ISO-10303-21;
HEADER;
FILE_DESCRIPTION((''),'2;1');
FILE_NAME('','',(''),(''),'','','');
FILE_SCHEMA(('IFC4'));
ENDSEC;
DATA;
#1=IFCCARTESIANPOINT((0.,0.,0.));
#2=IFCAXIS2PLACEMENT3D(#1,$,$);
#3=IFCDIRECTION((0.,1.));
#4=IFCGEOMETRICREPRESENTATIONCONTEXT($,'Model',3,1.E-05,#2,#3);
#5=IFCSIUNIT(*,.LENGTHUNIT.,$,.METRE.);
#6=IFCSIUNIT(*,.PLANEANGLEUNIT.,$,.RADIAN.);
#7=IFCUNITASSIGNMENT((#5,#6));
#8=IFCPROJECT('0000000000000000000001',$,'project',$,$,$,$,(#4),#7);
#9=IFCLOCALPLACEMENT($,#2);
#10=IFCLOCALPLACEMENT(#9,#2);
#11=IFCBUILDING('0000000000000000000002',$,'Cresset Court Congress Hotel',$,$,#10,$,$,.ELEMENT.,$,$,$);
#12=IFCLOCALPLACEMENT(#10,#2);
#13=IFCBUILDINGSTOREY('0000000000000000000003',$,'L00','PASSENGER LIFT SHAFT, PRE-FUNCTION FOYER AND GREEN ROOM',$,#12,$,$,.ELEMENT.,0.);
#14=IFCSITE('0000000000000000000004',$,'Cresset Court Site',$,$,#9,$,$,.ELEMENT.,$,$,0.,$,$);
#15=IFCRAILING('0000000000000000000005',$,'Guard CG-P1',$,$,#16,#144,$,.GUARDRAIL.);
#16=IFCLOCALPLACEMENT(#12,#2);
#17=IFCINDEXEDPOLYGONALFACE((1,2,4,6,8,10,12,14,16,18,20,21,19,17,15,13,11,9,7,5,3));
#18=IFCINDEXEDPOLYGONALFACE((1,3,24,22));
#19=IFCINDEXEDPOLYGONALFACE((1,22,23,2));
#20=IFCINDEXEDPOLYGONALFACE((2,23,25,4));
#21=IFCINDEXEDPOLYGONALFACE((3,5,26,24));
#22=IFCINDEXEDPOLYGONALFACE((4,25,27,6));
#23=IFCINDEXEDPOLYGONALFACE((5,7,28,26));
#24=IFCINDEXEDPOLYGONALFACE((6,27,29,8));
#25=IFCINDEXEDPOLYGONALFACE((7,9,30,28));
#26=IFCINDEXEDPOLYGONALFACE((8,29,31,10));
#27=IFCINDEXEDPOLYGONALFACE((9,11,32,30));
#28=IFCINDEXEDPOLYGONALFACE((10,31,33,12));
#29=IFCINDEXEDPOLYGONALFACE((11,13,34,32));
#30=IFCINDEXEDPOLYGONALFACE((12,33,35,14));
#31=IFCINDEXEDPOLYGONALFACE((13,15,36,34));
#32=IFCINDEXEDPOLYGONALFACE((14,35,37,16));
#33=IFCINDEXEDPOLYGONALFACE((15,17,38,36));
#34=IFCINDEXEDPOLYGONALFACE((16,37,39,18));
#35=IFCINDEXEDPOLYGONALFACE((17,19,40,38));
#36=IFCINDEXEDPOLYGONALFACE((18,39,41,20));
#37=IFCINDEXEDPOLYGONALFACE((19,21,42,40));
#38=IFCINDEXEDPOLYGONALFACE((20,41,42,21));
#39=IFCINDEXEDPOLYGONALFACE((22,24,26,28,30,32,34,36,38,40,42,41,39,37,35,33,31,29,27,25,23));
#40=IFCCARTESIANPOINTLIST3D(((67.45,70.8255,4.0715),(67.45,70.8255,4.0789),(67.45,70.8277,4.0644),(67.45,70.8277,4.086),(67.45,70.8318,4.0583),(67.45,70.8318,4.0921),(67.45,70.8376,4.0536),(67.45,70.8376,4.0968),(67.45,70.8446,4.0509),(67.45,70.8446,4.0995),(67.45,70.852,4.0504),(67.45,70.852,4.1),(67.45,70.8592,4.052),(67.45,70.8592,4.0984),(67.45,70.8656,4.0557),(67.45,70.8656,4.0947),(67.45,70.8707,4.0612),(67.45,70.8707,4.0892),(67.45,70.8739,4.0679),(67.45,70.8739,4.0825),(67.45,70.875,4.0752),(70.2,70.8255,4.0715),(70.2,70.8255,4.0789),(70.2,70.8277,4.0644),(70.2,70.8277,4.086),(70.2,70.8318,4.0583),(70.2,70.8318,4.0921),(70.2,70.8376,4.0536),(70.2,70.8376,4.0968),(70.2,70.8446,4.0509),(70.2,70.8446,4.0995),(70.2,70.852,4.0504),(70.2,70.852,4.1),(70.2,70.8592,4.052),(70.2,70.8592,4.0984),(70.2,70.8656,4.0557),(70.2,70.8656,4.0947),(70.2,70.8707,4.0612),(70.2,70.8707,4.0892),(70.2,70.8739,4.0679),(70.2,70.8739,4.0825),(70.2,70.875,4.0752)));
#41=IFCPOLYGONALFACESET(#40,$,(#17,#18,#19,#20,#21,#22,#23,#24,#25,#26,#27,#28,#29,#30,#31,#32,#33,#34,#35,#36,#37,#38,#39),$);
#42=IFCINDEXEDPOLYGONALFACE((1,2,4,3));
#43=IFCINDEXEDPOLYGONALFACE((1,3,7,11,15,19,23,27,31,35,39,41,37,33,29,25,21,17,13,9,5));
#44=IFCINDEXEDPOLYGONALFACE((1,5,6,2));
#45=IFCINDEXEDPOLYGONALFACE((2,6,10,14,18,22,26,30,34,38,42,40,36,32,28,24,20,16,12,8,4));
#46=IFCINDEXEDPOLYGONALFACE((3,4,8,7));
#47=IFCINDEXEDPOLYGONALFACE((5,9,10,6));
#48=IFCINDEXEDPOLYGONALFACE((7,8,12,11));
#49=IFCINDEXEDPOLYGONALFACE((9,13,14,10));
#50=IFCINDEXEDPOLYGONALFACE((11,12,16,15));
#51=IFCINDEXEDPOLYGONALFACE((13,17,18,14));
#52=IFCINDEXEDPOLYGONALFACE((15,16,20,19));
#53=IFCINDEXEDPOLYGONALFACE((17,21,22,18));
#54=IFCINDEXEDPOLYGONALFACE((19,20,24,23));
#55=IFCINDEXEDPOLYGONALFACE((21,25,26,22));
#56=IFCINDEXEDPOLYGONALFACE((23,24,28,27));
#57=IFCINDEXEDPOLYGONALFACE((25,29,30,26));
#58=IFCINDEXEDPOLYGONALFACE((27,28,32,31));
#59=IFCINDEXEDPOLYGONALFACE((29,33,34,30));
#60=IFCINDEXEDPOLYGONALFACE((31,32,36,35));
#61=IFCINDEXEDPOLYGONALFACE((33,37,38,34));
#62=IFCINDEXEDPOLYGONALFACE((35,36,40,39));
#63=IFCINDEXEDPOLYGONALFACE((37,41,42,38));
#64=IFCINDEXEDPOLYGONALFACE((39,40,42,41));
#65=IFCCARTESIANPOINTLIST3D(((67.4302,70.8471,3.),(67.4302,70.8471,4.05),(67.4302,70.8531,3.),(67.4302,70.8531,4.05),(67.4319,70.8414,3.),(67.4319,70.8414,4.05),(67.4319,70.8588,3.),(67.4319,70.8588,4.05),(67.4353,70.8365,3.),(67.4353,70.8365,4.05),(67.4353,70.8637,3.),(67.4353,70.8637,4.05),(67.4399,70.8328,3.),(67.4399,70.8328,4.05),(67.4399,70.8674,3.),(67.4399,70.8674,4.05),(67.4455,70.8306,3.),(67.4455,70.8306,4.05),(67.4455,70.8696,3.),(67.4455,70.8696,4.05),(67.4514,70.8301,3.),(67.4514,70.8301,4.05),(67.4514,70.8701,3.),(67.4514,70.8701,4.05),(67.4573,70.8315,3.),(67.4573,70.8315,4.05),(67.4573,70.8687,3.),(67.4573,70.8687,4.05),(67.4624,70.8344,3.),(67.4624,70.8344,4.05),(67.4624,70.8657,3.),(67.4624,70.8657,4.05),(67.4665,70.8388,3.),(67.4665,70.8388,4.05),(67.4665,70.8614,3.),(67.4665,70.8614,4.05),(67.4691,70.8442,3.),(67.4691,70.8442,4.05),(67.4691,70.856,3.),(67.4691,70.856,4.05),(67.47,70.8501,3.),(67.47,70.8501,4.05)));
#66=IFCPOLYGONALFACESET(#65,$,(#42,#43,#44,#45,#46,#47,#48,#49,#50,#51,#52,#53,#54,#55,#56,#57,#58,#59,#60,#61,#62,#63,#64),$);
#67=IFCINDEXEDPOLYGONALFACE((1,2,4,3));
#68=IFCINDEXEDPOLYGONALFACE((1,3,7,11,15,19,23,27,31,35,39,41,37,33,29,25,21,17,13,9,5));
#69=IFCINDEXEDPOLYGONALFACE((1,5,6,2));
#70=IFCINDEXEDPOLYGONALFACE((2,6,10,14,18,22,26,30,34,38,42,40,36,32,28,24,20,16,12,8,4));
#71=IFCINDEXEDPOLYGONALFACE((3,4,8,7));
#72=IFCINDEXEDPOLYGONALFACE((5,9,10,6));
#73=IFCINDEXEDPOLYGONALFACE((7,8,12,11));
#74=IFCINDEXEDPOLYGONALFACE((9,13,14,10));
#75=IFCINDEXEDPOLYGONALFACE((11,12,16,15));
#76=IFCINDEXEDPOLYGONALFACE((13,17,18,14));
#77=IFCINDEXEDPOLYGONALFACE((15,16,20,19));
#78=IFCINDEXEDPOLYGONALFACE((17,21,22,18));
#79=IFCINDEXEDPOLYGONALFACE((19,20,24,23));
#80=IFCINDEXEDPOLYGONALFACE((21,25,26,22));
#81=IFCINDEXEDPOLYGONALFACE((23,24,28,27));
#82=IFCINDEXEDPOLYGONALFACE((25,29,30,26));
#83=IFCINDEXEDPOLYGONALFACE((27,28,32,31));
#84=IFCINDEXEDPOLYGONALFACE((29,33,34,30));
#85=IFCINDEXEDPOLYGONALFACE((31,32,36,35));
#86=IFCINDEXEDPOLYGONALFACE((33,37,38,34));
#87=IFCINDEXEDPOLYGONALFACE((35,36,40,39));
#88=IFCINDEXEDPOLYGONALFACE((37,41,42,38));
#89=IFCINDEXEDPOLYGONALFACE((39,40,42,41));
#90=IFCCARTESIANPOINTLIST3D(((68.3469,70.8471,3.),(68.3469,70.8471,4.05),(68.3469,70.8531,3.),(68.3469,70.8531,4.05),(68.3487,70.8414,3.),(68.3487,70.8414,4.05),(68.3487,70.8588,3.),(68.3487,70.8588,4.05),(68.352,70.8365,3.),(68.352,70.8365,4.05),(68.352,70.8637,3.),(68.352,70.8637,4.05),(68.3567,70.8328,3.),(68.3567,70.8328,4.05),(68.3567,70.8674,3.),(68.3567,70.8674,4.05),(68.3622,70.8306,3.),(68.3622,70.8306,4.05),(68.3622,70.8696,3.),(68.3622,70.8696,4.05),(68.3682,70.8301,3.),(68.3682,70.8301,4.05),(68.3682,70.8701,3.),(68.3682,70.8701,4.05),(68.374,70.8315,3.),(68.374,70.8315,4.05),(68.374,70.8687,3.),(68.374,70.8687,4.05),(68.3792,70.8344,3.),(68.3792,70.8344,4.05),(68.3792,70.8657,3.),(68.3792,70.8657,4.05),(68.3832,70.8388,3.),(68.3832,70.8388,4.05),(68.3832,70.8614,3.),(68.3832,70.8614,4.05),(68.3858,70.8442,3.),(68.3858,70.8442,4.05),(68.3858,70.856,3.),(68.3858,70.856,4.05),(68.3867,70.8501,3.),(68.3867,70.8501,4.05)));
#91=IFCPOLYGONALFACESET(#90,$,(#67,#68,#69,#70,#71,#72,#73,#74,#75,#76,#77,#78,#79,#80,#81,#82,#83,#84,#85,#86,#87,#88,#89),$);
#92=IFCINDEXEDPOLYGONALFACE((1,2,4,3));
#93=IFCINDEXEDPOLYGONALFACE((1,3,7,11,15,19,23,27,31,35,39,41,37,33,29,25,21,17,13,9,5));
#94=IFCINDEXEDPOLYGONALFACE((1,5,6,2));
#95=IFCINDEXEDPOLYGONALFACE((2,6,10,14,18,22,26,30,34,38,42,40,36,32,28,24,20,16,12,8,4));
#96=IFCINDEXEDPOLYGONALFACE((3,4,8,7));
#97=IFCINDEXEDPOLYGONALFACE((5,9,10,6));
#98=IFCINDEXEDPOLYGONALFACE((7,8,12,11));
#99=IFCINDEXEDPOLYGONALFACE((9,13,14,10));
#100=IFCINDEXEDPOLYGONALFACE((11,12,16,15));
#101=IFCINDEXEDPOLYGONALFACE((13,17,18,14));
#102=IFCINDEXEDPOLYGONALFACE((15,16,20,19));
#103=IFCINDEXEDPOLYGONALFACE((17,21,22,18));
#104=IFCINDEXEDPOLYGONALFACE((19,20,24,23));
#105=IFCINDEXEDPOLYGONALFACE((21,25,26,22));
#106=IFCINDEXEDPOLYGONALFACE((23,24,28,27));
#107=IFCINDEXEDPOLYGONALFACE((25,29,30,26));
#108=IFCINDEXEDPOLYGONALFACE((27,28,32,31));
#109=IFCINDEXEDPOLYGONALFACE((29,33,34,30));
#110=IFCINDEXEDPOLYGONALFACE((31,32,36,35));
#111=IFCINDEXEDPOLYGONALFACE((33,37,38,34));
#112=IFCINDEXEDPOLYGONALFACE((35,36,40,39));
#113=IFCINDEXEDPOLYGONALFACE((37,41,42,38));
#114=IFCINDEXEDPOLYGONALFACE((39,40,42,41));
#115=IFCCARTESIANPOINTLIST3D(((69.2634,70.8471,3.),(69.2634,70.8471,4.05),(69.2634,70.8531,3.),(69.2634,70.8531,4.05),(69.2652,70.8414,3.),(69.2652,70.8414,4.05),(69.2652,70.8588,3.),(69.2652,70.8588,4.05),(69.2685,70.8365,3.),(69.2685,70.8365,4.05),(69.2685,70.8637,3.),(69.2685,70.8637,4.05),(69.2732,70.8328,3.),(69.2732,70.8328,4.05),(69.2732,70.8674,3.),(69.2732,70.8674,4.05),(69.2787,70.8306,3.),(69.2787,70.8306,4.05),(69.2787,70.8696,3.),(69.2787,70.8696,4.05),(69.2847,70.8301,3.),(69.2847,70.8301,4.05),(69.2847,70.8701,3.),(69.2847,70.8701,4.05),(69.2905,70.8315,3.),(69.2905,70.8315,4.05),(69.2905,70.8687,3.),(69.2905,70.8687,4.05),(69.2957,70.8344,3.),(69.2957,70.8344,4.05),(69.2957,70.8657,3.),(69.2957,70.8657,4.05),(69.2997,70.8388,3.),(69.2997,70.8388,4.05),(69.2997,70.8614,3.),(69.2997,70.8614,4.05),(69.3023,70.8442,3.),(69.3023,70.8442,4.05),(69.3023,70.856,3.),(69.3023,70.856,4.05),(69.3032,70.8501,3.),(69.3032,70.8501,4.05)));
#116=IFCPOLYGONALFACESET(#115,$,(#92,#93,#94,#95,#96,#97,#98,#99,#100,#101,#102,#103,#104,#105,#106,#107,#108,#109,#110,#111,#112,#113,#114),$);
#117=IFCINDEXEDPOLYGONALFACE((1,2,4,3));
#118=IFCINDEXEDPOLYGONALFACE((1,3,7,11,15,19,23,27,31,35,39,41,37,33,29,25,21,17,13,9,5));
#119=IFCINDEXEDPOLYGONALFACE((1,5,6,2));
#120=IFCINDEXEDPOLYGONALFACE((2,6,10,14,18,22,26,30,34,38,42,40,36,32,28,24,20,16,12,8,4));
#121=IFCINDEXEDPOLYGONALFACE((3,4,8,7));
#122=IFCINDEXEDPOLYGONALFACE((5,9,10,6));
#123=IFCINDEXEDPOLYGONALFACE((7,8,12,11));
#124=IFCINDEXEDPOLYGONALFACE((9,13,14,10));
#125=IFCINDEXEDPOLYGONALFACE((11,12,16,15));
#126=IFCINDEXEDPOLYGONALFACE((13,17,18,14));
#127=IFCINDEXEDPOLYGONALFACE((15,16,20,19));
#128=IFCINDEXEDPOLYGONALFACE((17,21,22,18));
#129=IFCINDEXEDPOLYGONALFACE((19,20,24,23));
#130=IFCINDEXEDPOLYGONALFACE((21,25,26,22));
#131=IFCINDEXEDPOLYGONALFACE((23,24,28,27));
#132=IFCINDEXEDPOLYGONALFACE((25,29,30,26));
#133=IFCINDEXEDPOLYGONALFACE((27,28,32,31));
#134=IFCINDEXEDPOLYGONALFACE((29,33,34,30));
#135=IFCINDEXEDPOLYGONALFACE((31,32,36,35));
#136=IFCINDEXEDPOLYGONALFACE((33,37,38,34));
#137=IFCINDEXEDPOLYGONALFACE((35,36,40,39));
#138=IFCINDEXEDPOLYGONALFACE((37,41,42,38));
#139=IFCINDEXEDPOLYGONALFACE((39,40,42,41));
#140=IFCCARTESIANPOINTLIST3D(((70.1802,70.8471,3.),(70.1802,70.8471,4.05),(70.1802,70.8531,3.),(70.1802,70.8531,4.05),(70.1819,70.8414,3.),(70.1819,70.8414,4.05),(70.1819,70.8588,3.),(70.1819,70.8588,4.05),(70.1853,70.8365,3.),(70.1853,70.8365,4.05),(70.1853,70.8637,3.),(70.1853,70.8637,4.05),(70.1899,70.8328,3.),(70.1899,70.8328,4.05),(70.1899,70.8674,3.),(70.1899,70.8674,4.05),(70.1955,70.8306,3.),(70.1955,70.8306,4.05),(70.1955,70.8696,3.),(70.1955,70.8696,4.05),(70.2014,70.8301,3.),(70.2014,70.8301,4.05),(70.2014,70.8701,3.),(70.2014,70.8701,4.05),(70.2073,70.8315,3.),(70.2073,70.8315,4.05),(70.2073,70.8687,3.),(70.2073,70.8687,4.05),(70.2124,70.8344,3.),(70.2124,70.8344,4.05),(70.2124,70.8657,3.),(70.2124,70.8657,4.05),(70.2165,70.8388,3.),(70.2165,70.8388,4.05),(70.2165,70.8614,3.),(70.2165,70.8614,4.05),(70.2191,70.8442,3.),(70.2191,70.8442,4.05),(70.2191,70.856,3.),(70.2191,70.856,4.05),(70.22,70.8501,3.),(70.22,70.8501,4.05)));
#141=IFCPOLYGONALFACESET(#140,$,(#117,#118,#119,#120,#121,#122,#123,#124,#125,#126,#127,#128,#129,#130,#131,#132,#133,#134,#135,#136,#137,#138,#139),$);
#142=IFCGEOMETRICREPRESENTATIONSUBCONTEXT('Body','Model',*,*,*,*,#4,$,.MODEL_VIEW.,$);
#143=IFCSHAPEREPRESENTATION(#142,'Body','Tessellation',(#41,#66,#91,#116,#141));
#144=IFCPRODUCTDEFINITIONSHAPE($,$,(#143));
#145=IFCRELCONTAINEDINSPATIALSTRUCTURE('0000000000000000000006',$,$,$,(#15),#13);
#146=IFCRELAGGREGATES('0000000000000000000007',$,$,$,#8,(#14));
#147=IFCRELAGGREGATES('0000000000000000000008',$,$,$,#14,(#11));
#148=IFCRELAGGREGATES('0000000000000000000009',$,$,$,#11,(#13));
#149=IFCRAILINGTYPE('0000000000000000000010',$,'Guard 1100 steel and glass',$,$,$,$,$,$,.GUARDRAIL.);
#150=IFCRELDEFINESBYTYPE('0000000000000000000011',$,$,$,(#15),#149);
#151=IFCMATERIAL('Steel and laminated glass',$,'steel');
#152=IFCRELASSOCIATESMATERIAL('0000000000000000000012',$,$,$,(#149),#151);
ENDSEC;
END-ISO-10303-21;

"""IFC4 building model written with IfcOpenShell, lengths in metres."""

from ifc_helpers import new_model, si_unit, direction, frame, origin, origin_2d, place, context, subcontext, project, spatial, circle, extrude, material, type_object, element, save


model = new_model("IFC4")

# Units and contexts
model_context = context("Model", 3, precision=1e-05, world=origin(), true_north=direction((0.0, 1.0)))
body_context = subcontext(model_context, "Body", "Model", "MODEL_VIEW")
ifc_project = project(units=[si_unit("LENGTHUNIT", "METRE"), si_unit("PLANEANGLEUNIT", "RADIAN")], contexts=[model_context])

# Site, building, storey
site_placement = place(None, origin())
site = spatial("IfcSite", under=ifc_project, at=site_placement, Name="Cresset Court Site", CompositionType="ELEMENT", RefElevation=0.0)
building_placement = place(site_placement, origin())
building = spatial("IfcBuilding", under=site, at=building_placement, Name="Cresset Court Congress Hotel", CompositionType="ELEMENT")
storey_placement = place(building_placement, origin())
storey = spatial("IfcBuildingStorey", under=building, at=storey_placement, Name="L00", Description="PASSENGER LIFT SHAFT, PRE-FUNCTION FOYER AND GREEN ROOM", CompositionType="ELEMENT", Elevation=0.0)

# Railing
ifc_material_1 = material(Name="Steel and laminated glass", Category="steel")
railing_type_1 = type_object("IfcRailingType", Name="Guard 1100 steel and glass", PredefinedType="GUARDRAIL", material=ifc_material_1)
railing_1_placement = place(storey_placement, frame((67.45, 70.8501, 3.0)))
element("IfcRailing", 1, at=railing_1_placement, inside=storey, type_object=railing_type_1, Name="Guard CG-P1", PredefinedType="GUARDRAIL", context=body_context, shape_type="SweptSolid", body=[
    extrude(circle(Radius=0.0249, at=origin_2d()), frame((0.0, 0.0, 1.0752), z_axis=(1.0, 0.0, 0.0), x_axis=(0.0, 1.0, 0.0)), (0.0, 0.0, 1.0), 2.75),
    extrude(circle(Radius=0.02, at=origin_2d()), origin(), (0.0, 0.0, 1.0), 1.05),
    extrude(circle(Radius=0.02, at=origin_2d()), frame((0.9167, 0.0, 0.0)), (0.0, 0.0, 1.0), 1.05),
    extrude(circle(Radius=0.02, at=origin_2d()), frame((1.8333, 0.0, 0.0)), (0.0, 0.0, 1.0), 1.05),
    extrude(circle(Radius=0.02, at=origin_2d()), frame((2.75, 0.0, 0.0)), (0.0, 0.0, 1.0), 1.05),
])

save(model, "model.ifc")
